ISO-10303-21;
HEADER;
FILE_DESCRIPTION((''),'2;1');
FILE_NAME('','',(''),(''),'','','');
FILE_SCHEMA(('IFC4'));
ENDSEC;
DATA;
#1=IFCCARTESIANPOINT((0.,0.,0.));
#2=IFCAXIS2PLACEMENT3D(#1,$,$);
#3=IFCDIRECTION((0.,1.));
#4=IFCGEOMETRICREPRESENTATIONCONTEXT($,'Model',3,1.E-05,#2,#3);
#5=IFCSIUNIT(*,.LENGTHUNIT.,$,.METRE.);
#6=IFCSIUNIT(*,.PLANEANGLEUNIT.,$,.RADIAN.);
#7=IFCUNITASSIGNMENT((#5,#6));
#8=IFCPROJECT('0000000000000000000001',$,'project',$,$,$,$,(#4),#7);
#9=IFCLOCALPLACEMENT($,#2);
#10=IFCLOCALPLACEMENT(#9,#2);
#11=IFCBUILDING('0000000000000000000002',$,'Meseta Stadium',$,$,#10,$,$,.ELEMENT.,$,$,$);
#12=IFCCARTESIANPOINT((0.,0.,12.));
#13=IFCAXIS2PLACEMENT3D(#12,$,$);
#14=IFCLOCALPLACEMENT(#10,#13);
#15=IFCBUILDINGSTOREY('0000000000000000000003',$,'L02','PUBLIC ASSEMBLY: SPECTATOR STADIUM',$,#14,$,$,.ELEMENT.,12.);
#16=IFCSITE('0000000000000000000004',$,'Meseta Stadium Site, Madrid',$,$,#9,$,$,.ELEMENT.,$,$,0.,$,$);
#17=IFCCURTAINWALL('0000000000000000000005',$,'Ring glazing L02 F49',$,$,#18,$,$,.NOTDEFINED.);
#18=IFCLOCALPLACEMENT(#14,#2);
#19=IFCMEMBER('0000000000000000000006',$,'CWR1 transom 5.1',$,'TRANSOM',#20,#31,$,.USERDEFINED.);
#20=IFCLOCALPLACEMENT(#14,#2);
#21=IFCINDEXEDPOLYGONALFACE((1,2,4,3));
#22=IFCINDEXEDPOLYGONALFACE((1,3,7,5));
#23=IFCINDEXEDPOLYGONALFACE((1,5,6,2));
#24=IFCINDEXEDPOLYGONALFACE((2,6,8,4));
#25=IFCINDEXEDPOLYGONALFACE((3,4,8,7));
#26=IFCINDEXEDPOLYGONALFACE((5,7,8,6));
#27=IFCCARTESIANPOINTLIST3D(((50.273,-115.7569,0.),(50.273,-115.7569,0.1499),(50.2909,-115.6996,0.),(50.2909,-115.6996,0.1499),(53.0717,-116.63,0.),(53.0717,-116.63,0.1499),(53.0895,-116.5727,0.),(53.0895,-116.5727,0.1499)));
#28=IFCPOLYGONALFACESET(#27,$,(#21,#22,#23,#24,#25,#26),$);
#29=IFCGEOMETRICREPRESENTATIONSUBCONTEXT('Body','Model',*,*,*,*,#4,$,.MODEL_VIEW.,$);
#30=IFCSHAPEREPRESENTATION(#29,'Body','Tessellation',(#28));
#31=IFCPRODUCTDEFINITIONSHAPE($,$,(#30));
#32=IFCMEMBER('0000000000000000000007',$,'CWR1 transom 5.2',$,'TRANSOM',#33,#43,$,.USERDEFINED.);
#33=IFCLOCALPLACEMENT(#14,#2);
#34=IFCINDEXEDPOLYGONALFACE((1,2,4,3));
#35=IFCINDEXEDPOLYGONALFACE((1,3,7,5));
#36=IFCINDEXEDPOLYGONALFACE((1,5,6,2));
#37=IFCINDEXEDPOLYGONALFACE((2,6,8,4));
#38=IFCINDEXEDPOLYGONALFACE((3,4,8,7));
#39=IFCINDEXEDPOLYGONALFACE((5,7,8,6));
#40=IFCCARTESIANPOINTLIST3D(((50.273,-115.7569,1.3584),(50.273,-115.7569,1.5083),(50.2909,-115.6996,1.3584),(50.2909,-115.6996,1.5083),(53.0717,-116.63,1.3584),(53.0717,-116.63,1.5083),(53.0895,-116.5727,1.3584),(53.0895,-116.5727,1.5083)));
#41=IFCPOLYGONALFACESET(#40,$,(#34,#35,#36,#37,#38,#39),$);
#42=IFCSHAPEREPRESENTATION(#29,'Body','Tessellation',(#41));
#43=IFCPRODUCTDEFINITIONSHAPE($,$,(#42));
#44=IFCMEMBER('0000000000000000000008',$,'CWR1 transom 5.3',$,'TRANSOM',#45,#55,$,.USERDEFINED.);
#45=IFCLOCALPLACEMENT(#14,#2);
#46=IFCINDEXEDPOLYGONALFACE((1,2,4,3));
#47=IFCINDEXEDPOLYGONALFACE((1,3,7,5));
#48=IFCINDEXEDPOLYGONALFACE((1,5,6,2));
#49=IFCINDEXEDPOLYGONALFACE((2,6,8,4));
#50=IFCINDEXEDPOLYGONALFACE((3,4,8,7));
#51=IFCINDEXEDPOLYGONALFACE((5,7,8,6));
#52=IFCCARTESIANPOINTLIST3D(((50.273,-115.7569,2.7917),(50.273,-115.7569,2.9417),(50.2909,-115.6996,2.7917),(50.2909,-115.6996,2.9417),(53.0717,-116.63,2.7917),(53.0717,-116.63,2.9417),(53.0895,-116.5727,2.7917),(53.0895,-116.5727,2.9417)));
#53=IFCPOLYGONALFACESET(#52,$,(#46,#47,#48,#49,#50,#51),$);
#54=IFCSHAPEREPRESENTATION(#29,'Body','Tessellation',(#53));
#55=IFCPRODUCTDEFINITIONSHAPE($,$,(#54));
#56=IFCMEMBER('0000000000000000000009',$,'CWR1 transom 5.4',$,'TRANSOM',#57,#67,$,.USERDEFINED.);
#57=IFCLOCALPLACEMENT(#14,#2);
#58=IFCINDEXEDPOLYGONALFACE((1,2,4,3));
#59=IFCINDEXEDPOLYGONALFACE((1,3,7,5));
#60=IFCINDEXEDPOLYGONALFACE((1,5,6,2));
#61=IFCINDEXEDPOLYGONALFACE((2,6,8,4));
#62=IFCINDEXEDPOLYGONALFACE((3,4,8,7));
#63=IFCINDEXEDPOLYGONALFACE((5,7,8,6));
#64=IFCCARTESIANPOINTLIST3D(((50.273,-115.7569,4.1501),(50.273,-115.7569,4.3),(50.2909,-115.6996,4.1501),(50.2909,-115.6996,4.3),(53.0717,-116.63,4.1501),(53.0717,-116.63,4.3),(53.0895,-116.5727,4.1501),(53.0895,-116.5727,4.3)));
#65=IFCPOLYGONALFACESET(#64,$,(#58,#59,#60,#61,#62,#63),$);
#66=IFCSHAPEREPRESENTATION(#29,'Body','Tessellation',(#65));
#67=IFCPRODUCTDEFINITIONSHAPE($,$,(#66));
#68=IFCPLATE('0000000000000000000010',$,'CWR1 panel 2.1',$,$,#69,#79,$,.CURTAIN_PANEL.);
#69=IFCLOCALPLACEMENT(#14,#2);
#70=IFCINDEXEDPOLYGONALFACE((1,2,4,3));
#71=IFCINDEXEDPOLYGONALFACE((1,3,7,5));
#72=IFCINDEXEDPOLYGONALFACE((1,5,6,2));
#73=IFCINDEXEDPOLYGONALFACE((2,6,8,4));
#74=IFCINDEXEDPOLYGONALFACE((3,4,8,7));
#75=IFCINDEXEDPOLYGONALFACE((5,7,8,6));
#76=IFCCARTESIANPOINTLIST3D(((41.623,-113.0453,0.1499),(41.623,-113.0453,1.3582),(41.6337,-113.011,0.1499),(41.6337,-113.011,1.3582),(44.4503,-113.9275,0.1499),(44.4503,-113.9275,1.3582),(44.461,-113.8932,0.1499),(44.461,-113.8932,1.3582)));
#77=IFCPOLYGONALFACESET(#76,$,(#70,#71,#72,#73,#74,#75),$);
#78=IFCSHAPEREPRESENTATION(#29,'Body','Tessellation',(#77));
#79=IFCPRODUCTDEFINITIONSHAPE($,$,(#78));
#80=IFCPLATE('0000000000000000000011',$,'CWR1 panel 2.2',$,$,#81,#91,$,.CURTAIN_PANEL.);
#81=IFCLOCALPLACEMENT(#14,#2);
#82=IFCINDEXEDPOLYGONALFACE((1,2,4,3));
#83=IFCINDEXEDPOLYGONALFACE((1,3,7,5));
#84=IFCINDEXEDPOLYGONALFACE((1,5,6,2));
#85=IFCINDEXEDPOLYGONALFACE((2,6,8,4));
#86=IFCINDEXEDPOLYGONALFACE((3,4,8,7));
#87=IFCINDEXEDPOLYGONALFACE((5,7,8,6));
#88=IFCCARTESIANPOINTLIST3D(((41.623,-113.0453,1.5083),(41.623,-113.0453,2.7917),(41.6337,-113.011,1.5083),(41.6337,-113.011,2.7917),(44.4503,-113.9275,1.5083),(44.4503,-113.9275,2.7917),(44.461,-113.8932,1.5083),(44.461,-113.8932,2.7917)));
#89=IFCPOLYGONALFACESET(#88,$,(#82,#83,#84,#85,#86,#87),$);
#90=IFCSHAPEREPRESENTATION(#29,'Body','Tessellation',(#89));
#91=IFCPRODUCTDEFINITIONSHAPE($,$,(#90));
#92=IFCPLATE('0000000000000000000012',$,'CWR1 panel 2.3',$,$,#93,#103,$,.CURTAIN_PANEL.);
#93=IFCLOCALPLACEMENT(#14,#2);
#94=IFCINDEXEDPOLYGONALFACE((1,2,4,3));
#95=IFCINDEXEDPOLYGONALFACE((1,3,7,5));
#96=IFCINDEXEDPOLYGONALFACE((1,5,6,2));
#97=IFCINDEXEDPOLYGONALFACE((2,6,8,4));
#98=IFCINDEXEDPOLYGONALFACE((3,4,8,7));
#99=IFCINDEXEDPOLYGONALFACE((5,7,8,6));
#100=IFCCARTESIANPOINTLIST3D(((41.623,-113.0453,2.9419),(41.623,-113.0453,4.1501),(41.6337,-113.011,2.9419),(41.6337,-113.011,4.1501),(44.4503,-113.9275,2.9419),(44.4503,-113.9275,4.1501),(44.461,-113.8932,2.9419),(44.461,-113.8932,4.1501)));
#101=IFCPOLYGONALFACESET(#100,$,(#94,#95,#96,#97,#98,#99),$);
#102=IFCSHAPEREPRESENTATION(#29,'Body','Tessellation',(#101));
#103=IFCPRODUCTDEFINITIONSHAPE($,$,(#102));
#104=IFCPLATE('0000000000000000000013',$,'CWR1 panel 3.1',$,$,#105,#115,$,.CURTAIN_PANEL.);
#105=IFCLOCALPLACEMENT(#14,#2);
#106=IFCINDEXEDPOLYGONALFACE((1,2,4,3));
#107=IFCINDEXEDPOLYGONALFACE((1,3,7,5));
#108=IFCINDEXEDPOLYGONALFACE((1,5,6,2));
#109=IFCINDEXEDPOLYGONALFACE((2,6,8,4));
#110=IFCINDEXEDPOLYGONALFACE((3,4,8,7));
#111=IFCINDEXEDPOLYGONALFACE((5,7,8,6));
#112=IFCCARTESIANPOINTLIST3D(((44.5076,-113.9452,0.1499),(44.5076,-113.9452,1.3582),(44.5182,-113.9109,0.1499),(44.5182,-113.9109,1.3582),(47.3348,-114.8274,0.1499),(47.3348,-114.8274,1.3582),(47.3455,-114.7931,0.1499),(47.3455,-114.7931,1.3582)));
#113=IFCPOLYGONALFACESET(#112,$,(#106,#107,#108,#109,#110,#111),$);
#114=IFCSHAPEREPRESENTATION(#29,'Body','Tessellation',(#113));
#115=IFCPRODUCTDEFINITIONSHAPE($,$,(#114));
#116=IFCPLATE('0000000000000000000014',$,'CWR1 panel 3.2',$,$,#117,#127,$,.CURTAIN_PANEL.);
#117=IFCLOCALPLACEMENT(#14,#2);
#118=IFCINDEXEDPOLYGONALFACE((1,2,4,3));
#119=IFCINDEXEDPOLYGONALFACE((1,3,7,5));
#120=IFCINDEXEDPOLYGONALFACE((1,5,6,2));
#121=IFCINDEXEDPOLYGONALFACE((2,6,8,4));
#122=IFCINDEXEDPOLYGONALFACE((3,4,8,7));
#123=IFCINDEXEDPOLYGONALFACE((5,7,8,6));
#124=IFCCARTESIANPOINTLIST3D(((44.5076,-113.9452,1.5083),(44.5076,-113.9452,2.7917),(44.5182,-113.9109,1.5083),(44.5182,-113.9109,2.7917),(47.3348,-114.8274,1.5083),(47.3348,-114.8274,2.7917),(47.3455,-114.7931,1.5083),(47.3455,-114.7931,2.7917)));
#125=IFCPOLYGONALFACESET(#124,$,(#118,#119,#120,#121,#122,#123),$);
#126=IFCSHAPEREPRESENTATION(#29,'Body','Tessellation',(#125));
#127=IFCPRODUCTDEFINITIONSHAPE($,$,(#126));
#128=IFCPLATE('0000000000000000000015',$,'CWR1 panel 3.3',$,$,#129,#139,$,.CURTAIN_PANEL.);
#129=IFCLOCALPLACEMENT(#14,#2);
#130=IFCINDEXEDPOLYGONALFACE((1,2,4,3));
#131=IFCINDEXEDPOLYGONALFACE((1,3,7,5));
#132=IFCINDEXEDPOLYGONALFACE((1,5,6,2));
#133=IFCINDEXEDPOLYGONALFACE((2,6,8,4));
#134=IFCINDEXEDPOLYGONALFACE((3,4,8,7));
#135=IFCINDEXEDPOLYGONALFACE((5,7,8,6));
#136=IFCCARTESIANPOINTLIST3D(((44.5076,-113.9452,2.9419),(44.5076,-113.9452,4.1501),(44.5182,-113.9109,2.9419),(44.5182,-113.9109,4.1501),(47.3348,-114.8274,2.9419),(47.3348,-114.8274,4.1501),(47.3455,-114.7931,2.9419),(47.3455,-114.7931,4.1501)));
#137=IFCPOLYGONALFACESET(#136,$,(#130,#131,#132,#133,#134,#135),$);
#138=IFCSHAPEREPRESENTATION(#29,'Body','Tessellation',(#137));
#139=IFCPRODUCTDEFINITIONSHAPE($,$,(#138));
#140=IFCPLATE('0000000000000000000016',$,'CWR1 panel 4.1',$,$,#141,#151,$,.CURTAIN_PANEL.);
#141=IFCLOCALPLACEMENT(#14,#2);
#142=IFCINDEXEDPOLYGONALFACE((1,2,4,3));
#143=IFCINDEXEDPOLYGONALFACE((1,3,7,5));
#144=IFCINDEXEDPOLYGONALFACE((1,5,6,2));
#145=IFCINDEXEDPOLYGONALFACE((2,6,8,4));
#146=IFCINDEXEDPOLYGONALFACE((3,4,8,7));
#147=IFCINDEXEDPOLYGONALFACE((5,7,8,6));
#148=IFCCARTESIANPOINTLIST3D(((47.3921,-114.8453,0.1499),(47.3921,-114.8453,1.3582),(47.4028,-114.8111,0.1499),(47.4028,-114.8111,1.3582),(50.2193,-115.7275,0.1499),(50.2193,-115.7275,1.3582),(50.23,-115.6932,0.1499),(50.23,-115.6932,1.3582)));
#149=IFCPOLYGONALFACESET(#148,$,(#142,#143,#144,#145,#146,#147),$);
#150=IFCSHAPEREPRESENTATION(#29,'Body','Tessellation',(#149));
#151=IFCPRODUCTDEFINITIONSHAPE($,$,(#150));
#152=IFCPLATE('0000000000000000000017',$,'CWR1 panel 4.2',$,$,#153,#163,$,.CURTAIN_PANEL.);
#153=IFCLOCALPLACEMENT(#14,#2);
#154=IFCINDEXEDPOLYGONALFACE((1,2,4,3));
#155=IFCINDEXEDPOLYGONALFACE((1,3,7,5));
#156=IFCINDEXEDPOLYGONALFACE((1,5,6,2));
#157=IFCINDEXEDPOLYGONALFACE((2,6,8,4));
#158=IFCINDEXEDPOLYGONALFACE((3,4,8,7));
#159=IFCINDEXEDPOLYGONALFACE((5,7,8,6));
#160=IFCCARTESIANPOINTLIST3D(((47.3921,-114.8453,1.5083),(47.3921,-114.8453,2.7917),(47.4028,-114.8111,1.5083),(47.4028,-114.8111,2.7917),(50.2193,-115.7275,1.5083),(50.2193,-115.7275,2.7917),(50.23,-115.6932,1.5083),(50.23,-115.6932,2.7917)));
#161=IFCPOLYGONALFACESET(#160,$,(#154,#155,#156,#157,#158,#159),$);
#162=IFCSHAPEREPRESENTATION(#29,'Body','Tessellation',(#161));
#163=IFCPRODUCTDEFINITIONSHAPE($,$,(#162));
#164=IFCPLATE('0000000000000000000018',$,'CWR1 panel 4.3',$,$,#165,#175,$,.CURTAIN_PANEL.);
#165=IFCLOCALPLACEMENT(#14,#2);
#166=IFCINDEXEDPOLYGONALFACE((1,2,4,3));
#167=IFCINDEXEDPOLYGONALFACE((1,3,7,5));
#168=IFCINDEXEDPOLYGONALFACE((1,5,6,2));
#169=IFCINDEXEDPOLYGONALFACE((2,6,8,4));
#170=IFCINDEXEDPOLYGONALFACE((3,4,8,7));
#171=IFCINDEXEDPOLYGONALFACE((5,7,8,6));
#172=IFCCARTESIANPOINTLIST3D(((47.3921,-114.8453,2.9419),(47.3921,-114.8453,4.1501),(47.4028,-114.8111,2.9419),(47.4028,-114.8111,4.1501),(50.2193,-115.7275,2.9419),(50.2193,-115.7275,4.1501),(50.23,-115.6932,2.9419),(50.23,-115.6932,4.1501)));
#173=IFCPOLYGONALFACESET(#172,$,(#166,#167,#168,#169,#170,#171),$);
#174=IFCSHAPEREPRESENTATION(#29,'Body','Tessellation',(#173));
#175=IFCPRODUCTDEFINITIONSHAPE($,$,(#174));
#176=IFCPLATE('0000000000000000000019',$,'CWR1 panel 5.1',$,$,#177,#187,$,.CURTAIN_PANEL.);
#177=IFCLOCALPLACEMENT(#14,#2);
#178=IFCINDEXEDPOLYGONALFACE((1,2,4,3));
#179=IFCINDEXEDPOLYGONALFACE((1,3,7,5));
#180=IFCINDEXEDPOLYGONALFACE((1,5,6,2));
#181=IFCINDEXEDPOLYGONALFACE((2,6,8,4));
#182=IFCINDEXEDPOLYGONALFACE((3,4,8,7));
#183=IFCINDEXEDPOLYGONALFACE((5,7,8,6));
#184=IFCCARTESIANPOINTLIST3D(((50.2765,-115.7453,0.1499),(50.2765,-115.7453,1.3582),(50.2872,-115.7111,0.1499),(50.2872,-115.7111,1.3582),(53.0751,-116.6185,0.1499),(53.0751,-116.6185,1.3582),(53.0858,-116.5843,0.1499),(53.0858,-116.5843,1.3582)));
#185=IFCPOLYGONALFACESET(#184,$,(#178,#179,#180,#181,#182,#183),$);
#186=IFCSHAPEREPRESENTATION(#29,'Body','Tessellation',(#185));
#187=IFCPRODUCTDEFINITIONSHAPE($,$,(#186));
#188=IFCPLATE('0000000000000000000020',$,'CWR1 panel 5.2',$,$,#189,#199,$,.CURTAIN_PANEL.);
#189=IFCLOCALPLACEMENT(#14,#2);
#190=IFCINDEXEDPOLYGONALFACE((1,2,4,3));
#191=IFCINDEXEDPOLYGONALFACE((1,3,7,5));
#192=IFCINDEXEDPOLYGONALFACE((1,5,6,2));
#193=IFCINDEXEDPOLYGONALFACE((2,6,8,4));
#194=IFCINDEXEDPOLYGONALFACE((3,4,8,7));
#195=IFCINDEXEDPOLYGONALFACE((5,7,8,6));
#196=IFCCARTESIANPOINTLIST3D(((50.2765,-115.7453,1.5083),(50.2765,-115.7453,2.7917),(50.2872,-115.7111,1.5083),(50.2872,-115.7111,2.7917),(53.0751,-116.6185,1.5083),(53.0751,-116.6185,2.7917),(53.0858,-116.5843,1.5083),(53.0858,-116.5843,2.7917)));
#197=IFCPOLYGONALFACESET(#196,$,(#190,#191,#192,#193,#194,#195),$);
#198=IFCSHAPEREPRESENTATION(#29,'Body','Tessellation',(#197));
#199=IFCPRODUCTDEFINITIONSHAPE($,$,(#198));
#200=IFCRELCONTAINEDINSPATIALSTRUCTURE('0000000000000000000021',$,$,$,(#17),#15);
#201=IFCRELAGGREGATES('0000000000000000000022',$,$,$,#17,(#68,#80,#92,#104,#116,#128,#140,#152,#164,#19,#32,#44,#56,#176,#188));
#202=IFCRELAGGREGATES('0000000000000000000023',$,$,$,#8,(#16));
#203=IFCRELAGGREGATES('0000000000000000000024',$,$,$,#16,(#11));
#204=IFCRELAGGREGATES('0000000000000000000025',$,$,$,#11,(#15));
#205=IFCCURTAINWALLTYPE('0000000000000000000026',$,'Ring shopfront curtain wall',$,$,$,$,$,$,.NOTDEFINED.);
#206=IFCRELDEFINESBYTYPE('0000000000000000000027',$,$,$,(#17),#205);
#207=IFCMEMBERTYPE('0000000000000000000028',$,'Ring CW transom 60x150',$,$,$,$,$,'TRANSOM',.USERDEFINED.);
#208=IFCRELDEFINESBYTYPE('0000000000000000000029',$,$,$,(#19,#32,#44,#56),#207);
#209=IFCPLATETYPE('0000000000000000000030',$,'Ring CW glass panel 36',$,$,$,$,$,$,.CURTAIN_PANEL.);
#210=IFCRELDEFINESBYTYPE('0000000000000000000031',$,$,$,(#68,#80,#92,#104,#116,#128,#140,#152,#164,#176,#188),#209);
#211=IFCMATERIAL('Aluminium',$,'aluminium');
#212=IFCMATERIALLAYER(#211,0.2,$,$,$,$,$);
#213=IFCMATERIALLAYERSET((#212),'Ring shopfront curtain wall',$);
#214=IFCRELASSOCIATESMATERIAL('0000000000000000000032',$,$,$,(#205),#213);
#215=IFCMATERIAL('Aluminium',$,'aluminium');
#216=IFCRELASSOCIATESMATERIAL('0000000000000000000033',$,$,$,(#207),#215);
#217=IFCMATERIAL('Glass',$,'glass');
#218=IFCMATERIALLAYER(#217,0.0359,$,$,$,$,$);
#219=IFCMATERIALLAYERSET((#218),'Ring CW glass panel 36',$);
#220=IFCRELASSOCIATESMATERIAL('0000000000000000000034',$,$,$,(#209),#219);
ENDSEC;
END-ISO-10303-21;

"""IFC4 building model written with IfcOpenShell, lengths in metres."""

from ifc_helpers import new_model, si_unit, direction, frame, origin, origin_2d, place, context, subcontext, project, spatial, rectangle, extrude, material, layer, layer_set, material_profile, profile_set, type_object, element, aggregate, save


model = new_model("IFC4")

# Units and contexts
model_context = context("Model", 3, precision=1e-05, world=origin(), true_north=direction((0.0, 1.0)))
body_context = subcontext(model_context, "Body", "Model", "MODEL_VIEW")
ifc_project = project(units=[si_unit("LENGTHUNIT", "METRE"), si_unit("PLANEANGLEUNIT", "RADIAN")], contexts=[model_context])

# Site, building, storey
site_placement = place(None, origin())
site = spatial("IfcSite", under=ifc_project, at=site_placement, Name="Meseta Stadium Site, Madrid", CompositionType="ELEMENT", RefElevation=0.0)
building_placement = place(site_placement, origin())
building = spatial("IfcBuilding", under=site, at=building_placement, Name="Meseta Stadium", CompositionType="ELEMENT")
storey_placement = place(building_placement, frame((0.0, 0.0, 12.0)))
storey = spatial("IfcBuildingStorey", under=building, at=storey_placement, Name="L02", Description="PUBLIC ASSEMBLY: SPECTATOR STADIUM", CompositionType="ELEMENT", Elevation=12.0)

# Curtain wall, members, plates
ifc_material_1 = material(Name="Aluminium", Category="aluminium")
ifc_layer_1 = layer(ifc_material_1, 0.2)
ifc_layer_set_1 = layer_set([ifc_layer_1], Name="Ring shopfront curtain wall")
curtain_wall_type = type_object("IfcCurtainWallType", Name="Ring shopfront curtain wall", PredefinedType="NOTDEFINED", material=ifc_layer_set_1)
curtain_wall_placement = place(storey_placement, origin())
curtain_wall = element("IfcCurtainWall", 1, at=curtain_wall_placement, inside=storey, type_object=curtain_wall_type, Name="Ring glazing L02 F49", PredefinedType="NOTDEFINED")
ifc_material_2 = material(Name="Aluminium", Category="aluminium")
ifc_material_profile_1 = material_profile(ifc_material_2, rectangle(XDim=0.0601, YDim=0.1499, at=origin_2d()), Name="CW 60x150")
ifc_profile_set_1 = profile_set([ifc_material_profile_1], Name="Aluminium")
member_type_1 = type_object("IfcMemberType", Name="Ring CW transom 60x150", ElementType="TRANSOM", PredefinedType="USERDEFINED", material=ifc_profile_set_1)
member_1_placement = place(storey_placement, frame((50.282, -115.7283, 0.075), z_axis=(0.954627, -0.297806, 0.0), x_axis=(0.297806, 0.954627, 0.0)))
member_1 = element("IfcMember", 2, at=member_1_placement, type_object=member_type_1, Name="CWR1 transom 5.1", ObjectType="TRANSOM", PredefinedType="USERDEFINED", context=body_context, shape_type="SweptSolid", body=[
    extrude(rectangle(XDim=0.0601, YDim=0.1499, at=origin_2d()), origin(), (0.0, 0.0, 1.0), 2.9316),
])
member_2_placement = place(storey_placement, frame((50.282, -115.7283, 1.4333), z_axis=(0.954627, -0.297806, 0.0), x_axis=(0.297806, 0.954627, 0.0)))
member_2 = element("IfcMember", 3, at=member_2_placement, type_object=member_type_1, Name="CWR1 transom 5.2", ObjectType="TRANSOM", PredefinedType="USERDEFINED", context=body_context, shape_type="SweptSolid", body=[
    extrude(rectangle(XDim=0.0601, YDim=0.1499, at=origin_2d()), origin(), (0.0, 0.0, 1.0), 2.9316),
])
member_3_placement = place(storey_placement, frame((50.282, -115.7283, 2.8667), z_axis=(0.954627, -0.297806, 0.0), x_axis=(0.297806, 0.954627, 0.0)))
member_3 = element("IfcMember", 4, at=member_3_placement, type_object=member_type_1, Name="CWR1 transom 5.3", ObjectType="TRANSOM", PredefinedType="USERDEFINED", context=body_context, shape_type="SweptSolid", body=[
    extrude(rectangle(XDim=0.0601, YDim=0.1499, at=origin_2d()), origin(), (0.0, 0.0, 1.0), 2.9316),
])
member_4_placement = place(storey_placement, frame((50.282, -115.7283, 4.2251), z_axis=(0.954627, -0.297806, 0.0), x_axis=(0.297806, 0.954627, 0.0)))
member_4 = element("IfcMember", 5, at=member_4_placement, type_object=member_type_1, Name="CWR1 transom 5.4", ObjectType="TRANSOM", PredefinedType="USERDEFINED", context=body_context, shape_type="SweptSolid", body=[
    extrude(rectangle(XDim=0.0601, YDim=0.1499, at=origin_2d()), origin(), (0.0, 0.0, 1.0), 2.9316),
])
ifc_material_3 = material(Name="Glass", Category="glass")
ifc_layer_2 = layer(ifc_material_3, 0.0359)
ifc_layer_set_2 = layer_set([ifc_layer_2], Name="Ring CW glass panel 36")
plate_type_1 = type_object("IfcPlateType", Name="Ring CW glass panel 36", PredefinedType="CURTAIN_PANEL", material=ifc_layer_set_2)
plate_1_placement = place(storey_placement, frame((43.042, -113.4692, 0.1499), z_axis=(0.0, 0.0, 1.0), x_axis=(0.954609, -0.297861, 0.0)))
plate_1 = element("IfcPlate", 6, at=plate_1_placement, type_object=plate_type_1, Name="CWR1 panel 2.1", PredefinedType="CURTAIN_PANEL", context=body_context, shape_type="SweptSolid", body=[
    extrude(rectangle(XDim=2.9617, YDim=0.0359, at=origin_2d()), origin(), (0.0, 0.0, 1.0), 1.2083),
])
plate_2_placement = place(storey_placement, frame((43.042, -113.4692, 1.5083), z_axis=(0.0, 0.0, 1.0), x_axis=(0.954609, -0.297861, 0.0)))
plate_2 = element("IfcPlate", 7, at=plate_2_placement, type_object=plate_type_1, Name="CWR1 panel 2.2", PredefinedType="CURTAIN_PANEL", context=body_context, shape_type="SweptSolid", body=[
    extrude(rectangle(XDim=2.9617, YDim=0.0359, at=origin_2d()), origin(), (0.0, 0.0, 1.0), 1.2834),
])
plate_3_placement = place(storey_placement, frame((43.042, -113.4692, 2.9419), z_axis=(0.0, 0.0, 1.0), x_axis=(0.954609, -0.297861, 0.0)))
plate_3 = element("IfcPlate", 8, at=plate_3_placement, type_object=plate_type_1, Name="CWR1 panel 2.3", PredefinedType="CURTAIN_PANEL", context=body_context, shape_type="SweptSolid", body=[
    extrude(rectangle(XDim=2.9617, YDim=0.0359, at=origin_2d()), origin(), (0.0, 0.0, 1.0), 1.2083),
])
plate_4_placement = place(storey_placement, frame((45.9265, -114.3691, 0.1499), z_axis=(0.0, 0.0, 1.0), x_axis=(0.954609, -0.297861, 0.0)))
plate_4 = element("IfcPlate", 9, at=plate_4_placement, type_object=plate_type_1, Name="CWR1 panel 3.1", PredefinedType="CURTAIN_PANEL", context=body_context, shape_type="SweptSolid", body=[
    extrude(rectangle(XDim=2.9617, YDim=0.0359, at=origin_2d()), origin(), (0.0, 0.0, 1.0), 1.2083),
])
plate_5_placement = place(storey_placement, frame((45.9265, -114.3691, 1.5083), z_axis=(0.0, 0.0, 1.0), x_axis=(0.954609, -0.297861, 0.0)))
plate_5 = element("IfcPlate", 10, at=plate_5_placement, type_object=plate_type_1, Name="CWR1 panel 3.2", PredefinedType="CURTAIN_PANEL", context=body_context, shape_type="SweptSolid", body=[
    extrude(rectangle(XDim=2.9617, YDim=0.0359, at=origin_2d()), origin(), (0.0, 0.0, 1.0), 1.2834),
])
plate_6_placement = place(storey_placement, frame((45.9265, -114.3691, 2.9419), z_axis=(0.0, 0.0, 1.0), x_axis=(0.954609, -0.297861, 0.0)))
plate_6 = element("IfcPlate", 11, at=plate_6_placement, type_object=plate_type_1, Name="CWR1 panel 3.3", PredefinedType="CURTAIN_PANEL", context=body_context, shape_type="SweptSolid", body=[
    extrude(rectangle(XDim=2.9617, YDim=0.0359, at=origin_2d()), origin(), (0.0, 0.0, 1.0), 1.2083),
])
plate_7_placement = place(storey_placement, frame((48.811, -115.2693, 0.1499), z_axis=(0.0, 0.0, 1.0), x_axis=(0.954609, -0.297861, 0.0)))
plate_7 = element("IfcPlate", 12, at=plate_7_placement, type_object=plate_type_1, Name="CWR1 panel 4.1", PredefinedType="CURTAIN_PANEL", context=body_context, shape_type="SweptSolid", body=[
    extrude(rectangle(XDim=2.9617, YDim=0.0359, at=origin_2d()), origin(), (0.0, 0.0, 1.0), 1.2083),
])
plate_8_placement = place(storey_placement, frame((48.811, -115.2693, 1.5083), z_axis=(0.0, 0.0, 1.0), x_axis=(0.954609, -0.297861, 0.0)))
plate_8 = element("IfcPlate", 13, at=plate_8_placement, type_object=plate_type_1, Name="CWR1 panel 4.2", PredefinedType="CURTAIN_PANEL", context=body_context, shape_type="SweptSolid", body=[
    extrude(rectangle(XDim=2.9617, YDim=0.0359, at=origin_2d()), origin(), (0.0, 0.0, 1.0), 1.2834),
])
plate_9_placement = place(storey_placement, frame((48.811, -115.2693, 2.9419), z_axis=(0.0, 0.0, 1.0), x_axis=(0.954609, -0.297861, 0.0)))
plate_9 = element("IfcPlate", 14, at=plate_9_placement, type_object=plate_type_1, Name="CWR1 panel 4.3", PredefinedType="CURTAIN_PANEL", context=body_context, shape_type="SweptSolid", body=[
    extrude(rectangle(XDim=2.9617, YDim=0.0359, at=origin_2d()), origin(), (0.0, 0.0, 1.0), 1.2083),
])
plate_10_placement = place(storey_placement, frame((51.6812, -116.1648, 0.1499), z_axis=(0.0, 0.0, 1.0), x_axis=(0.954609, -0.297861, 0.0)))
plate_10 = element("IfcPlate", 15, at=plate_10_placement, type_object=plate_type_1, Name="CWR1 panel 5.1", PredefinedType="CURTAIN_PANEL", context=body_context, shape_type="SweptSolid", body=[
    extrude(rectangle(XDim=2.9316, YDim=0.0359, at=origin_2d()), origin(), (0.0, 0.0, 1.0), 1.2083),
])
plate_11_placement = place(storey_placement, frame((51.6812, -116.1648, 1.5083), z_axis=(0.0, 0.0, 1.0), x_axis=(0.954609, -0.297861, 0.0)))
plate_11 = element("IfcPlate", 16, at=plate_11_placement, type_object=plate_type_1, Name="CWR1 panel 5.2", PredefinedType="CURTAIN_PANEL", context=body_context, shape_type="SweptSolid", body=[
    extrude(rectangle(XDim=2.9316, YDim=0.0359, at=origin_2d()), origin(), (0.0, 0.0, 1.0), 1.2834),
])
aggregate(curtain_wall, [plate_1, plate_2, plate_3, plate_4, plate_5, plate_6, plate_7, plate_8, plate_9, member_1, member_2, member_3, member_4, plate_10, plate_11])

save(model, "model.ifc")
